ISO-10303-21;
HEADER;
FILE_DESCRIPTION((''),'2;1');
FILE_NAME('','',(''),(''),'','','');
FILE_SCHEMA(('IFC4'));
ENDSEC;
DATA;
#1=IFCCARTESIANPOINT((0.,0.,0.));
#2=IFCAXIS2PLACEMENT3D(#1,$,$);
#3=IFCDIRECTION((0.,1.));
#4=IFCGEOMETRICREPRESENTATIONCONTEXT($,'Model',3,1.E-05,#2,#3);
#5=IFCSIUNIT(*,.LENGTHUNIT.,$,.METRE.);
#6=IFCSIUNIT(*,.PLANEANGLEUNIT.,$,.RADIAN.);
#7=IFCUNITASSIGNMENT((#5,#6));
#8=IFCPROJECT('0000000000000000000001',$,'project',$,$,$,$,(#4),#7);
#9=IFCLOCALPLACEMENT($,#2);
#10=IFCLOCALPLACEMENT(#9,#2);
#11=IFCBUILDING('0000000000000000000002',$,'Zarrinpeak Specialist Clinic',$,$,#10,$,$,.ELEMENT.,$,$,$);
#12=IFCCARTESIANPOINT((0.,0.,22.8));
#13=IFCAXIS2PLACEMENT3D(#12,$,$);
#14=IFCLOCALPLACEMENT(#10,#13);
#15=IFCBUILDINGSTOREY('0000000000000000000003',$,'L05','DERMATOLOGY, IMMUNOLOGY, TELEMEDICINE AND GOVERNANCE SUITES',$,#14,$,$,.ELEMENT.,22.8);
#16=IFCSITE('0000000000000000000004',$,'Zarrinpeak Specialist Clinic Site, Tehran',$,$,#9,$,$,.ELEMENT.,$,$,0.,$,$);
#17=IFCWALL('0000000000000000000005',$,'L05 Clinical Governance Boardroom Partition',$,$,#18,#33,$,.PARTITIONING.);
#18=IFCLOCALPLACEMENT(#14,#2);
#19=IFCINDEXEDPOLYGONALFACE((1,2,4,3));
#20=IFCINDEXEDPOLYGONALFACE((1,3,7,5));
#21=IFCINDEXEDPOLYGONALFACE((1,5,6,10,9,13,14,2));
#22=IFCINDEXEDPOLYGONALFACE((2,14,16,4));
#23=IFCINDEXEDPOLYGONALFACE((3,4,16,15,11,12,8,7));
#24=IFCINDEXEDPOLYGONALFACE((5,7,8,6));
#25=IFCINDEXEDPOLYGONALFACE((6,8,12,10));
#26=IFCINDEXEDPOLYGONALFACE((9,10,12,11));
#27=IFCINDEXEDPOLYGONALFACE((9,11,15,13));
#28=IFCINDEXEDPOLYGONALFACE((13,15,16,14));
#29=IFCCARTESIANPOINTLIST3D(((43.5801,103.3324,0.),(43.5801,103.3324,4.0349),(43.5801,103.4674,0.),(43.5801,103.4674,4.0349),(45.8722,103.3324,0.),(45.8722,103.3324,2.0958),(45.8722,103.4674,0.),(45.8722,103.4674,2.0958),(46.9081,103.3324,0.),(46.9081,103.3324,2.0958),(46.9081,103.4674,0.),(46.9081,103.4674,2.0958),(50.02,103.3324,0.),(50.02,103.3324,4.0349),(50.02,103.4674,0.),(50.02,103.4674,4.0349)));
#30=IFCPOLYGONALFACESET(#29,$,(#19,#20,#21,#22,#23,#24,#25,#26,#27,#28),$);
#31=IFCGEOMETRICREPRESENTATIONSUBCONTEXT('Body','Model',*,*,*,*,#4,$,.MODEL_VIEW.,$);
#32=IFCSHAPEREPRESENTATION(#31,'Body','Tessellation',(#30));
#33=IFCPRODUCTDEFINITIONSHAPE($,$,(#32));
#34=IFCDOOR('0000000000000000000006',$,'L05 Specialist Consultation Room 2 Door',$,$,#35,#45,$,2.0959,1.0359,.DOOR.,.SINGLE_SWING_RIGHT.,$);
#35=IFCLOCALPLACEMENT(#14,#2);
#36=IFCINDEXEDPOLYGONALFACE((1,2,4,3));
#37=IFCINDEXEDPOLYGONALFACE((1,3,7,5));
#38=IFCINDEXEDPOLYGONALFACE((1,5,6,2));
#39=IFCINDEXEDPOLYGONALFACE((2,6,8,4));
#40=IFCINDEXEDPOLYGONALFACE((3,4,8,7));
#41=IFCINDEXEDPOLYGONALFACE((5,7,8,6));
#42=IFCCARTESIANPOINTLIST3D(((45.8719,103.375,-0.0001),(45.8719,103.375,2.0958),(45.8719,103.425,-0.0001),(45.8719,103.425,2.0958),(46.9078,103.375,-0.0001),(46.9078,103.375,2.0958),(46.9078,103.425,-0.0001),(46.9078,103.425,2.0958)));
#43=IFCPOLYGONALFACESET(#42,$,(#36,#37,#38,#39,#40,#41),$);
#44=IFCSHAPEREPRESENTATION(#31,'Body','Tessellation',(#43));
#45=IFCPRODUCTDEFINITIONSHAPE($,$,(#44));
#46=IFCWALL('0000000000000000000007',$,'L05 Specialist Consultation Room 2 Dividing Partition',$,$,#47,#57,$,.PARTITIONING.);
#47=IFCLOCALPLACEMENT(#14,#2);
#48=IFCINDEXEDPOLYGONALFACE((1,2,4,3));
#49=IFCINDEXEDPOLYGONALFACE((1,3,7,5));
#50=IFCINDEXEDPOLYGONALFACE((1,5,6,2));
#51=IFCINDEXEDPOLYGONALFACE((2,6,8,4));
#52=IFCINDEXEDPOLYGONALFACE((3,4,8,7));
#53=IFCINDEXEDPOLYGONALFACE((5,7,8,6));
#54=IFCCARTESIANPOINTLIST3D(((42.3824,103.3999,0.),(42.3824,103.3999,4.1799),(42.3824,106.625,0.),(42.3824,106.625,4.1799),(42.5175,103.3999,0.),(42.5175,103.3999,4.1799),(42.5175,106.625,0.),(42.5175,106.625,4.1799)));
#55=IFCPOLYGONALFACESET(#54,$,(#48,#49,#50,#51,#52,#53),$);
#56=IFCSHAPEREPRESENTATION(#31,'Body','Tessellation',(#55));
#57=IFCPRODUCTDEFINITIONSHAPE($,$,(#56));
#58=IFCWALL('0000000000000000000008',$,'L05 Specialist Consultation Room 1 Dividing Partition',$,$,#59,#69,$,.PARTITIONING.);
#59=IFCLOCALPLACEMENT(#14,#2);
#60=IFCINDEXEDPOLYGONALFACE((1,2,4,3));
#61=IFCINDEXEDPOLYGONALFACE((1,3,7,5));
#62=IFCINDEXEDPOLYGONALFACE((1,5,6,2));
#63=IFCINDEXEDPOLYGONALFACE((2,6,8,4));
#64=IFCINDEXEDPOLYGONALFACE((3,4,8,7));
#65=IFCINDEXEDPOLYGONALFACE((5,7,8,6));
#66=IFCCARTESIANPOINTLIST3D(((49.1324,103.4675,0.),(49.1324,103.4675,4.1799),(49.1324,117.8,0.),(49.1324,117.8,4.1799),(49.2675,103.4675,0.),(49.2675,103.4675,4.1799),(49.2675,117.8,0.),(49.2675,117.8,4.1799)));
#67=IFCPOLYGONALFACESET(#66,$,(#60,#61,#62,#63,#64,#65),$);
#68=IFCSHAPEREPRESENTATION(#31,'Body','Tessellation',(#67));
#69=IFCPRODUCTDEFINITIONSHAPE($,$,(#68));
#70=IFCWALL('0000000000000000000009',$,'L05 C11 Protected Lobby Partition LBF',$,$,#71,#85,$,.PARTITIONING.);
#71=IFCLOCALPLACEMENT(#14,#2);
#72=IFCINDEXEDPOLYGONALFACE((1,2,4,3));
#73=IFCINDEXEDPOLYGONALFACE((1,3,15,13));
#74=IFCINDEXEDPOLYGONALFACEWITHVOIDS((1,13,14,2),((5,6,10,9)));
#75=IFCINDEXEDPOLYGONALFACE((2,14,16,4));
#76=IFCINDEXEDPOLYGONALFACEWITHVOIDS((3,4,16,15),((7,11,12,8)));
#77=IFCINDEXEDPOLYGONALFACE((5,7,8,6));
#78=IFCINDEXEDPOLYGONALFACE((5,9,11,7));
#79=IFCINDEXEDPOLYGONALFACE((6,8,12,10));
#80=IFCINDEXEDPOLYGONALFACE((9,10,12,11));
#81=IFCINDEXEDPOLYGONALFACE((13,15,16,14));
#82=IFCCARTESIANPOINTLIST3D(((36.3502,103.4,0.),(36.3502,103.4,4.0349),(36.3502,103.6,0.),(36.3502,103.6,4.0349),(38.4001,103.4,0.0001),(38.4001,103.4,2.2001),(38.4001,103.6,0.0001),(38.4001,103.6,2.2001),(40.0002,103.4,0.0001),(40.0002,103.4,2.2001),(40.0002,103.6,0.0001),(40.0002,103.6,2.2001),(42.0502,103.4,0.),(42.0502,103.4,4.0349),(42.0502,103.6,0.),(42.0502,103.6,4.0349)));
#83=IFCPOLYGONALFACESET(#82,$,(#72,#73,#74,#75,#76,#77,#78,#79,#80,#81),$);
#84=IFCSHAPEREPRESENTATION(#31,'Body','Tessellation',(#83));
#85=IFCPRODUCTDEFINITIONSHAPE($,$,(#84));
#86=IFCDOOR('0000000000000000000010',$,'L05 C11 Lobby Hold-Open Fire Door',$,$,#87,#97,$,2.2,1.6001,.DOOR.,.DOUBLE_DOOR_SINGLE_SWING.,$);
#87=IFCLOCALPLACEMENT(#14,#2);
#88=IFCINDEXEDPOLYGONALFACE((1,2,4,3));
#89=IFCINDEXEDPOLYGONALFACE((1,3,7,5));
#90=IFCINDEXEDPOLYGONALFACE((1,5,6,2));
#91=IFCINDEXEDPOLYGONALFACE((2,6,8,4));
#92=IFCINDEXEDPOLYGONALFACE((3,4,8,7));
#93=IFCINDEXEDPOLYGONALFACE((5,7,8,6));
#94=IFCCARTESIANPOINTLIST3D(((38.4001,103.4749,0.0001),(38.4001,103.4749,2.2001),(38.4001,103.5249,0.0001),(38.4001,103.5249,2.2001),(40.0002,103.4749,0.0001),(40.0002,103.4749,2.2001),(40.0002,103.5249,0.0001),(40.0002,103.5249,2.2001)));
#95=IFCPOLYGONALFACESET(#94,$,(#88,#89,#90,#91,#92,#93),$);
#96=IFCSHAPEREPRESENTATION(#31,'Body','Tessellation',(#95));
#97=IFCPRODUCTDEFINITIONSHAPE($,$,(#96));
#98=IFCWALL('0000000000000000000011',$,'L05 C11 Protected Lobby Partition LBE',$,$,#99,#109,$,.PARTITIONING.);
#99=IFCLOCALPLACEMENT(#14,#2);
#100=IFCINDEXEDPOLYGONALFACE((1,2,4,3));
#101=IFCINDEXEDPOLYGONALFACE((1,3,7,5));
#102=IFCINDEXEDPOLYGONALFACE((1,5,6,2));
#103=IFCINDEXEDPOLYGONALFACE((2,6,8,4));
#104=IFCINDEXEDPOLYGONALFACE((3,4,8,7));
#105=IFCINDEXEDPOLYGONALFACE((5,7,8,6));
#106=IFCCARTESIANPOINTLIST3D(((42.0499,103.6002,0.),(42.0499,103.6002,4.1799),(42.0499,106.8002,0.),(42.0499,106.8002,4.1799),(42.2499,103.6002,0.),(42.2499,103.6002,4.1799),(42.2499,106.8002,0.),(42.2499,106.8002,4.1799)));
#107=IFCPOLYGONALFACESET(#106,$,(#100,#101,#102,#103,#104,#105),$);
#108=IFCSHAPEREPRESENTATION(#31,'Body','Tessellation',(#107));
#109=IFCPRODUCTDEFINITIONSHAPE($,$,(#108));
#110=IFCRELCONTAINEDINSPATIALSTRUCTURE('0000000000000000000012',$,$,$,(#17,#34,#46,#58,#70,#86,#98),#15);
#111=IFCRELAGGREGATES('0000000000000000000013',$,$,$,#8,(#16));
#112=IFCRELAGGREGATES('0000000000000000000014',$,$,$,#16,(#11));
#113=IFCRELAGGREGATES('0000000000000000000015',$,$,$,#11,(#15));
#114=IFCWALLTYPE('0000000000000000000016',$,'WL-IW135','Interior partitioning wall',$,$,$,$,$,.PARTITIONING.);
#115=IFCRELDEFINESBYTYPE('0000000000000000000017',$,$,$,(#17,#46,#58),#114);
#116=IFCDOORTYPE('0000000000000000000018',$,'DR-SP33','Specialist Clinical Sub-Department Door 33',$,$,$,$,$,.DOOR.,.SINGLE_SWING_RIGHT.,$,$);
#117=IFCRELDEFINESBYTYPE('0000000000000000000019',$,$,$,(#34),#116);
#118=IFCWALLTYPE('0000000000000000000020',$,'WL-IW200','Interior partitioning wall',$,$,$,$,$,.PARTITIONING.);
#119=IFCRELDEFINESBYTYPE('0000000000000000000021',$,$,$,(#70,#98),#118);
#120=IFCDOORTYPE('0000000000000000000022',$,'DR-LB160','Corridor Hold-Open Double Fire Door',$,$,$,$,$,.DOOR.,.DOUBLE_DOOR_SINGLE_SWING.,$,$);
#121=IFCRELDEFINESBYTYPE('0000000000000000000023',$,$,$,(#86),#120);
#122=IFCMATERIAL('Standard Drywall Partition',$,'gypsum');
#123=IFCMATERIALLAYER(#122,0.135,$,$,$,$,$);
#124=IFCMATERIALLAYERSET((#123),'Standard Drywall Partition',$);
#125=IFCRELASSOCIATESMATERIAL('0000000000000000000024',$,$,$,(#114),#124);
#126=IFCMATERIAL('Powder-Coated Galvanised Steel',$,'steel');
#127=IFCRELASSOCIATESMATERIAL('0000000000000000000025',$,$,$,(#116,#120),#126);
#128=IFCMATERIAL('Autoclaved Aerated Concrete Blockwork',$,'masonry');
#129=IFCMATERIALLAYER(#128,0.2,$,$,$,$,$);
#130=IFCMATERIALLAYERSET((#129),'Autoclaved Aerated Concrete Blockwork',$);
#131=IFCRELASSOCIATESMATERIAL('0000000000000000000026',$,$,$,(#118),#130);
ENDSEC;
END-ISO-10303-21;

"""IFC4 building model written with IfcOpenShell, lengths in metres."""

from ifc_helpers import new_model, si_unit, direction, frame, frame_2d, origin, place, context, subcontext, project, spatial, rectangle, extrude, material, layer, layer_set, type_object, element, fill, save


model = new_model("IFC4")

# Units and contexts
model_context = context("Model", 3, precision=1e-05, world=origin(), true_north=direction((0.0, 1.0)))
body_context = subcontext(model_context, "Body", "Model", "MODEL_VIEW")
ifc_project = project(units=[si_unit("LENGTHUNIT", "METRE"), si_unit("PLANEANGLEUNIT", "RADIAN")], contexts=[model_context])

# Site, building, storey
site_placement = place(None, origin())
site = spatial("IfcSite", under=ifc_project, at=site_placement, Name="Zarrinpeak Specialist Clinic Site, Tehran", CompositionType="ELEMENT", RefElevation=0.0)
building_placement = place(site_placement, origin())
building = spatial("IfcBuilding", under=site, at=building_placement, Name="Zarrinpeak Specialist Clinic", CompositionType="ELEMENT")
storey_placement = place(building_placement, frame((0.0, 0.0, 22.8)))
storey = spatial("IfcBuildingStorey", under=building, at=storey_placement, Name="L05", Description="DERMATOLOGY, IMMUNOLOGY, TELEMEDICINE AND GOVERNANCE SUITES", CompositionType="ELEMENT", Elevation=22.8)

# Wall, opening, door
ifc_material_1 = material(Name="Standard Drywall Partition", Category="gypsum")
ifc_layer_1 = layer(ifc_material_1, 0.135)
ifc_layer_set_1 = layer_set([ifc_layer_1], Name="Standard Drywall Partition")
wall_type_1 = type_object("IfcWallType", Name="WL-IW135", Description="Interior partitioning wall", PredefinedType="PARTITIONING", material=ifc_layer_set_1)
wall_1_placement = place(storey_placement, frame((43.5801, 103.3999, 0.0), z_axis=(0.0, 0.0, 1.0), x_axis=(1.0, 0.0, 0.0)))
wall_1 = element("IfcWall", 1, at=wall_1_placement, inside=storey, type_object=wall_type_1, Name="L05 Clinical Governance Boardroom Partition", PredefinedType="PARTITIONING", context=body_context, shape_type="SweptSolid", body=[
    extrude(rectangle(XDim=6.4399, YDim=0.135, at=frame_2d((3.22, 0.0))), origin(), (0.0, 0.0, 1.0), 4.0349),
])
opening_1_placement = place(wall_1_placement, frame((2.292, 0.0, 0.0)))
opening_1 = element("IfcOpeningElement", 2, at=opening_1_placement, cuts=wall_1, PredefinedType="OPENING", context=body_context, shape_type="SweptSolid", body=[
    extrude(rectangle(XDim=1.0359, YDim=2.0959, at=frame_2d((0.5181, 1.0479))), frame((0.0, 0.0776, 0.0), z_axis=(0.0, -1.0, 0.0), x_axis=(1.0, 0.0, 0.0)), (0.0, 0.0, 1.0), 0.155),
])
ifc_material_2 = material(Name="Powder-Coated Galvanised Steel", Category="steel")
door_type_1 = type_object("IfcDoorType", Name="DR-SP33", Description="Specialist Clinical Sub-Department Door 33", OperationType="SINGLE_SWING_RIGHT", PredefinedType="DOOR", material=ifc_material_2)
door_1_placement = place(opening_1_placement, frame((1.0359, 0.0, 0.0), z_axis=(0.0, 0.0, 1.0), x_axis=(-1.0, 0.0, 0.0)))
door_1 = element("IfcDoor", 3, at=door_1_placement, inside=storey, type_object=door_type_1, Name="L05 Specialist Consultation Room 2 Door", OperationType="SINGLE_SWING_RIGHT", OverallHeight=2.0959, OverallWidth=1.0359, PredefinedType="DOOR", context=body_context, shape_type="SweptSolid", body=[
    extrude(rectangle(XDim=1.0359, YDim=2.0959, at=frame_2d((0.5181, 1.0479))), frame((0.0, 0.0249, 0.0), z_axis=(0.0, -1.0, 0.0), x_axis=(1.0, 0.0, 0.0)), (0.0, 0.0, 1.0), 0.05),
])
fill(opening_1, door_1)

# Walls
wall_2_placement = place(storey_placement, frame((42.45, 103.3999, 0.0), z_axis=(0.0, 0.0, 1.0), x_axis=(0.0, 1.0, 0.0)))
element("IfcWall", 4, at=wall_2_placement, inside=storey, type_object=wall_type_1, Name="L05 Specialist Consultation Room 2 Dividing Partition", PredefinedType="PARTITIONING", context=body_context, shape_type="SweptSolid", body=[
    extrude(rectangle(XDim=3.2251, YDim=0.135, at=frame_2d((1.6125, 0.0))), origin(), (0.0, 0.0, 1.0), 4.1799),
])
wall_3_placement = place(storey_placement, frame((49.2, 103.4675, 0.0), z_axis=(0.0, 0.0, 1.0), x_axis=(0.0, 1.0, 0.0)))
element("IfcWall", 5, at=wall_3_placement, inside=storey, type_object=wall_type_1, Name="L05 Specialist Consultation Room 1 Dividing Partition", PredefinedType="PARTITIONING", context=body_context, shape_type="SweptSolid", body=[
    extrude(rectangle(XDim=14.3325, YDim=0.135, at=frame_2d((7.1663, 0.0))), origin(), (0.0, 0.0, 1.0), 4.1799),
])

# Wall, opening, door
ifc_material_3 = material(Name="Autoclaved Aerated Concrete Blockwork", Category="masonry")
ifc_layer_2 = layer(ifc_material_3, 0.2)
ifc_layer_set_2 = layer_set([ifc_layer_2], Name="Autoclaved Aerated Concrete Blockwork")
wall_type_2 = type_object("IfcWallType", Name="WL-IW200", Description="Interior partitioning wall", PredefinedType="PARTITIONING", material=ifc_layer_set_2)
wall_4_placement = place(storey_placement, frame((36.3501, 103.5, 0.0), z_axis=(0.0, 0.0, 1.0), x_axis=(1.0, 0.0, 0.0)))
wall_4 = element("IfcWall", 6, at=wall_4_placement, inside=storey, type_object=wall_type_2, Name="L05 C11 Protected Lobby Partition LBF", PredefinedType="PARTITIONING", context=body_context, shape_type="SweptSolid", body=[
    extrude(rectangle(XDim=5.7, YDim=0.2, at=frame_2d((2.8501, 0.0))), origin(), (0.0, 0.0, 1.0), 4.0349),
])
opening_2_placement = place(wall_4_placement, frame((2.05, 0.0, 0.0)))
opening_2 = element("IfcOpeningElement", 7, at=opening_2_placement, cuts=wall_4, PredefinedType="OPENING", context=body_context, shape_type="SweptSolid", body=[
    extrude(rectangle(XDim=1.6001, YDim=2.2, at=frame_2d((0.8, 1.1001))), frame((0.0, 0.1099, 0.0), z_axis=(0.0, -1.0, 0.0), x_axis=(1.0, 0.0, 0.0)), (0.0, 0.0, 1.0), 0.22),
])
door_type_2 = type_object("IfcDoorType", Name="DR-LB160", Description="Corridor Hold-Open Double Fire Door", OperationType="DOUBLE_DOOR_SINGLE_SWING", PredefinedType="DOOR", material=ifc_material_2)
door_2_placement = place(opening_2_placement, origin())
door_2 = element("IfcDoor", 8, at=door_2_placement, inside=storey, type_object=door_type_2, Name="L05 C11 Lobby Hold-Open Fire Door", OperationType="DOUBLE_DOOR_SINGLE_SWING", OverallHeight=2.2, OverallWidth=1.6001, PredefinedType="DOOR", context=body_context, shape_type="SweptSolid", body=[
    extrude(rectangle(XDim=1.6001, YDim=2.2, at=frame_2d((0.8, 1.1001))), frame((0.0, 0.0249, 0.0), z_axis=(0.0, -1.0, 0.0), x_axis=(1.0, 0.0, 0.0)), (0.0, 0.0, 1.0), 0.05),
])
fill(opening_2, door_2)

# Wall
wall_5_placement = place(storey_placement, frame((42.1499, 103.6001, 0.0), z_axis=(0.0, 0.0, 1.0), x_axis=(0.0, 1.0, 0.0)))
element("IfcWall", 9, at=wall_5_placement, inside=storey, type_object=wall_type_2, Name="L05 C11 Protected Lobby Partition LBE", PredefinedType="PARTITIONING", context=body_context, shape_type="SweptSolid", body=[
    extrude(rectangle(XDim=3.2, YDim=0.2, at=frame_2d((1.6001, 0.0))), origin(), (0.0, 0.0, 1.0), 4.1799),
])

save(model, "model.ifc")
